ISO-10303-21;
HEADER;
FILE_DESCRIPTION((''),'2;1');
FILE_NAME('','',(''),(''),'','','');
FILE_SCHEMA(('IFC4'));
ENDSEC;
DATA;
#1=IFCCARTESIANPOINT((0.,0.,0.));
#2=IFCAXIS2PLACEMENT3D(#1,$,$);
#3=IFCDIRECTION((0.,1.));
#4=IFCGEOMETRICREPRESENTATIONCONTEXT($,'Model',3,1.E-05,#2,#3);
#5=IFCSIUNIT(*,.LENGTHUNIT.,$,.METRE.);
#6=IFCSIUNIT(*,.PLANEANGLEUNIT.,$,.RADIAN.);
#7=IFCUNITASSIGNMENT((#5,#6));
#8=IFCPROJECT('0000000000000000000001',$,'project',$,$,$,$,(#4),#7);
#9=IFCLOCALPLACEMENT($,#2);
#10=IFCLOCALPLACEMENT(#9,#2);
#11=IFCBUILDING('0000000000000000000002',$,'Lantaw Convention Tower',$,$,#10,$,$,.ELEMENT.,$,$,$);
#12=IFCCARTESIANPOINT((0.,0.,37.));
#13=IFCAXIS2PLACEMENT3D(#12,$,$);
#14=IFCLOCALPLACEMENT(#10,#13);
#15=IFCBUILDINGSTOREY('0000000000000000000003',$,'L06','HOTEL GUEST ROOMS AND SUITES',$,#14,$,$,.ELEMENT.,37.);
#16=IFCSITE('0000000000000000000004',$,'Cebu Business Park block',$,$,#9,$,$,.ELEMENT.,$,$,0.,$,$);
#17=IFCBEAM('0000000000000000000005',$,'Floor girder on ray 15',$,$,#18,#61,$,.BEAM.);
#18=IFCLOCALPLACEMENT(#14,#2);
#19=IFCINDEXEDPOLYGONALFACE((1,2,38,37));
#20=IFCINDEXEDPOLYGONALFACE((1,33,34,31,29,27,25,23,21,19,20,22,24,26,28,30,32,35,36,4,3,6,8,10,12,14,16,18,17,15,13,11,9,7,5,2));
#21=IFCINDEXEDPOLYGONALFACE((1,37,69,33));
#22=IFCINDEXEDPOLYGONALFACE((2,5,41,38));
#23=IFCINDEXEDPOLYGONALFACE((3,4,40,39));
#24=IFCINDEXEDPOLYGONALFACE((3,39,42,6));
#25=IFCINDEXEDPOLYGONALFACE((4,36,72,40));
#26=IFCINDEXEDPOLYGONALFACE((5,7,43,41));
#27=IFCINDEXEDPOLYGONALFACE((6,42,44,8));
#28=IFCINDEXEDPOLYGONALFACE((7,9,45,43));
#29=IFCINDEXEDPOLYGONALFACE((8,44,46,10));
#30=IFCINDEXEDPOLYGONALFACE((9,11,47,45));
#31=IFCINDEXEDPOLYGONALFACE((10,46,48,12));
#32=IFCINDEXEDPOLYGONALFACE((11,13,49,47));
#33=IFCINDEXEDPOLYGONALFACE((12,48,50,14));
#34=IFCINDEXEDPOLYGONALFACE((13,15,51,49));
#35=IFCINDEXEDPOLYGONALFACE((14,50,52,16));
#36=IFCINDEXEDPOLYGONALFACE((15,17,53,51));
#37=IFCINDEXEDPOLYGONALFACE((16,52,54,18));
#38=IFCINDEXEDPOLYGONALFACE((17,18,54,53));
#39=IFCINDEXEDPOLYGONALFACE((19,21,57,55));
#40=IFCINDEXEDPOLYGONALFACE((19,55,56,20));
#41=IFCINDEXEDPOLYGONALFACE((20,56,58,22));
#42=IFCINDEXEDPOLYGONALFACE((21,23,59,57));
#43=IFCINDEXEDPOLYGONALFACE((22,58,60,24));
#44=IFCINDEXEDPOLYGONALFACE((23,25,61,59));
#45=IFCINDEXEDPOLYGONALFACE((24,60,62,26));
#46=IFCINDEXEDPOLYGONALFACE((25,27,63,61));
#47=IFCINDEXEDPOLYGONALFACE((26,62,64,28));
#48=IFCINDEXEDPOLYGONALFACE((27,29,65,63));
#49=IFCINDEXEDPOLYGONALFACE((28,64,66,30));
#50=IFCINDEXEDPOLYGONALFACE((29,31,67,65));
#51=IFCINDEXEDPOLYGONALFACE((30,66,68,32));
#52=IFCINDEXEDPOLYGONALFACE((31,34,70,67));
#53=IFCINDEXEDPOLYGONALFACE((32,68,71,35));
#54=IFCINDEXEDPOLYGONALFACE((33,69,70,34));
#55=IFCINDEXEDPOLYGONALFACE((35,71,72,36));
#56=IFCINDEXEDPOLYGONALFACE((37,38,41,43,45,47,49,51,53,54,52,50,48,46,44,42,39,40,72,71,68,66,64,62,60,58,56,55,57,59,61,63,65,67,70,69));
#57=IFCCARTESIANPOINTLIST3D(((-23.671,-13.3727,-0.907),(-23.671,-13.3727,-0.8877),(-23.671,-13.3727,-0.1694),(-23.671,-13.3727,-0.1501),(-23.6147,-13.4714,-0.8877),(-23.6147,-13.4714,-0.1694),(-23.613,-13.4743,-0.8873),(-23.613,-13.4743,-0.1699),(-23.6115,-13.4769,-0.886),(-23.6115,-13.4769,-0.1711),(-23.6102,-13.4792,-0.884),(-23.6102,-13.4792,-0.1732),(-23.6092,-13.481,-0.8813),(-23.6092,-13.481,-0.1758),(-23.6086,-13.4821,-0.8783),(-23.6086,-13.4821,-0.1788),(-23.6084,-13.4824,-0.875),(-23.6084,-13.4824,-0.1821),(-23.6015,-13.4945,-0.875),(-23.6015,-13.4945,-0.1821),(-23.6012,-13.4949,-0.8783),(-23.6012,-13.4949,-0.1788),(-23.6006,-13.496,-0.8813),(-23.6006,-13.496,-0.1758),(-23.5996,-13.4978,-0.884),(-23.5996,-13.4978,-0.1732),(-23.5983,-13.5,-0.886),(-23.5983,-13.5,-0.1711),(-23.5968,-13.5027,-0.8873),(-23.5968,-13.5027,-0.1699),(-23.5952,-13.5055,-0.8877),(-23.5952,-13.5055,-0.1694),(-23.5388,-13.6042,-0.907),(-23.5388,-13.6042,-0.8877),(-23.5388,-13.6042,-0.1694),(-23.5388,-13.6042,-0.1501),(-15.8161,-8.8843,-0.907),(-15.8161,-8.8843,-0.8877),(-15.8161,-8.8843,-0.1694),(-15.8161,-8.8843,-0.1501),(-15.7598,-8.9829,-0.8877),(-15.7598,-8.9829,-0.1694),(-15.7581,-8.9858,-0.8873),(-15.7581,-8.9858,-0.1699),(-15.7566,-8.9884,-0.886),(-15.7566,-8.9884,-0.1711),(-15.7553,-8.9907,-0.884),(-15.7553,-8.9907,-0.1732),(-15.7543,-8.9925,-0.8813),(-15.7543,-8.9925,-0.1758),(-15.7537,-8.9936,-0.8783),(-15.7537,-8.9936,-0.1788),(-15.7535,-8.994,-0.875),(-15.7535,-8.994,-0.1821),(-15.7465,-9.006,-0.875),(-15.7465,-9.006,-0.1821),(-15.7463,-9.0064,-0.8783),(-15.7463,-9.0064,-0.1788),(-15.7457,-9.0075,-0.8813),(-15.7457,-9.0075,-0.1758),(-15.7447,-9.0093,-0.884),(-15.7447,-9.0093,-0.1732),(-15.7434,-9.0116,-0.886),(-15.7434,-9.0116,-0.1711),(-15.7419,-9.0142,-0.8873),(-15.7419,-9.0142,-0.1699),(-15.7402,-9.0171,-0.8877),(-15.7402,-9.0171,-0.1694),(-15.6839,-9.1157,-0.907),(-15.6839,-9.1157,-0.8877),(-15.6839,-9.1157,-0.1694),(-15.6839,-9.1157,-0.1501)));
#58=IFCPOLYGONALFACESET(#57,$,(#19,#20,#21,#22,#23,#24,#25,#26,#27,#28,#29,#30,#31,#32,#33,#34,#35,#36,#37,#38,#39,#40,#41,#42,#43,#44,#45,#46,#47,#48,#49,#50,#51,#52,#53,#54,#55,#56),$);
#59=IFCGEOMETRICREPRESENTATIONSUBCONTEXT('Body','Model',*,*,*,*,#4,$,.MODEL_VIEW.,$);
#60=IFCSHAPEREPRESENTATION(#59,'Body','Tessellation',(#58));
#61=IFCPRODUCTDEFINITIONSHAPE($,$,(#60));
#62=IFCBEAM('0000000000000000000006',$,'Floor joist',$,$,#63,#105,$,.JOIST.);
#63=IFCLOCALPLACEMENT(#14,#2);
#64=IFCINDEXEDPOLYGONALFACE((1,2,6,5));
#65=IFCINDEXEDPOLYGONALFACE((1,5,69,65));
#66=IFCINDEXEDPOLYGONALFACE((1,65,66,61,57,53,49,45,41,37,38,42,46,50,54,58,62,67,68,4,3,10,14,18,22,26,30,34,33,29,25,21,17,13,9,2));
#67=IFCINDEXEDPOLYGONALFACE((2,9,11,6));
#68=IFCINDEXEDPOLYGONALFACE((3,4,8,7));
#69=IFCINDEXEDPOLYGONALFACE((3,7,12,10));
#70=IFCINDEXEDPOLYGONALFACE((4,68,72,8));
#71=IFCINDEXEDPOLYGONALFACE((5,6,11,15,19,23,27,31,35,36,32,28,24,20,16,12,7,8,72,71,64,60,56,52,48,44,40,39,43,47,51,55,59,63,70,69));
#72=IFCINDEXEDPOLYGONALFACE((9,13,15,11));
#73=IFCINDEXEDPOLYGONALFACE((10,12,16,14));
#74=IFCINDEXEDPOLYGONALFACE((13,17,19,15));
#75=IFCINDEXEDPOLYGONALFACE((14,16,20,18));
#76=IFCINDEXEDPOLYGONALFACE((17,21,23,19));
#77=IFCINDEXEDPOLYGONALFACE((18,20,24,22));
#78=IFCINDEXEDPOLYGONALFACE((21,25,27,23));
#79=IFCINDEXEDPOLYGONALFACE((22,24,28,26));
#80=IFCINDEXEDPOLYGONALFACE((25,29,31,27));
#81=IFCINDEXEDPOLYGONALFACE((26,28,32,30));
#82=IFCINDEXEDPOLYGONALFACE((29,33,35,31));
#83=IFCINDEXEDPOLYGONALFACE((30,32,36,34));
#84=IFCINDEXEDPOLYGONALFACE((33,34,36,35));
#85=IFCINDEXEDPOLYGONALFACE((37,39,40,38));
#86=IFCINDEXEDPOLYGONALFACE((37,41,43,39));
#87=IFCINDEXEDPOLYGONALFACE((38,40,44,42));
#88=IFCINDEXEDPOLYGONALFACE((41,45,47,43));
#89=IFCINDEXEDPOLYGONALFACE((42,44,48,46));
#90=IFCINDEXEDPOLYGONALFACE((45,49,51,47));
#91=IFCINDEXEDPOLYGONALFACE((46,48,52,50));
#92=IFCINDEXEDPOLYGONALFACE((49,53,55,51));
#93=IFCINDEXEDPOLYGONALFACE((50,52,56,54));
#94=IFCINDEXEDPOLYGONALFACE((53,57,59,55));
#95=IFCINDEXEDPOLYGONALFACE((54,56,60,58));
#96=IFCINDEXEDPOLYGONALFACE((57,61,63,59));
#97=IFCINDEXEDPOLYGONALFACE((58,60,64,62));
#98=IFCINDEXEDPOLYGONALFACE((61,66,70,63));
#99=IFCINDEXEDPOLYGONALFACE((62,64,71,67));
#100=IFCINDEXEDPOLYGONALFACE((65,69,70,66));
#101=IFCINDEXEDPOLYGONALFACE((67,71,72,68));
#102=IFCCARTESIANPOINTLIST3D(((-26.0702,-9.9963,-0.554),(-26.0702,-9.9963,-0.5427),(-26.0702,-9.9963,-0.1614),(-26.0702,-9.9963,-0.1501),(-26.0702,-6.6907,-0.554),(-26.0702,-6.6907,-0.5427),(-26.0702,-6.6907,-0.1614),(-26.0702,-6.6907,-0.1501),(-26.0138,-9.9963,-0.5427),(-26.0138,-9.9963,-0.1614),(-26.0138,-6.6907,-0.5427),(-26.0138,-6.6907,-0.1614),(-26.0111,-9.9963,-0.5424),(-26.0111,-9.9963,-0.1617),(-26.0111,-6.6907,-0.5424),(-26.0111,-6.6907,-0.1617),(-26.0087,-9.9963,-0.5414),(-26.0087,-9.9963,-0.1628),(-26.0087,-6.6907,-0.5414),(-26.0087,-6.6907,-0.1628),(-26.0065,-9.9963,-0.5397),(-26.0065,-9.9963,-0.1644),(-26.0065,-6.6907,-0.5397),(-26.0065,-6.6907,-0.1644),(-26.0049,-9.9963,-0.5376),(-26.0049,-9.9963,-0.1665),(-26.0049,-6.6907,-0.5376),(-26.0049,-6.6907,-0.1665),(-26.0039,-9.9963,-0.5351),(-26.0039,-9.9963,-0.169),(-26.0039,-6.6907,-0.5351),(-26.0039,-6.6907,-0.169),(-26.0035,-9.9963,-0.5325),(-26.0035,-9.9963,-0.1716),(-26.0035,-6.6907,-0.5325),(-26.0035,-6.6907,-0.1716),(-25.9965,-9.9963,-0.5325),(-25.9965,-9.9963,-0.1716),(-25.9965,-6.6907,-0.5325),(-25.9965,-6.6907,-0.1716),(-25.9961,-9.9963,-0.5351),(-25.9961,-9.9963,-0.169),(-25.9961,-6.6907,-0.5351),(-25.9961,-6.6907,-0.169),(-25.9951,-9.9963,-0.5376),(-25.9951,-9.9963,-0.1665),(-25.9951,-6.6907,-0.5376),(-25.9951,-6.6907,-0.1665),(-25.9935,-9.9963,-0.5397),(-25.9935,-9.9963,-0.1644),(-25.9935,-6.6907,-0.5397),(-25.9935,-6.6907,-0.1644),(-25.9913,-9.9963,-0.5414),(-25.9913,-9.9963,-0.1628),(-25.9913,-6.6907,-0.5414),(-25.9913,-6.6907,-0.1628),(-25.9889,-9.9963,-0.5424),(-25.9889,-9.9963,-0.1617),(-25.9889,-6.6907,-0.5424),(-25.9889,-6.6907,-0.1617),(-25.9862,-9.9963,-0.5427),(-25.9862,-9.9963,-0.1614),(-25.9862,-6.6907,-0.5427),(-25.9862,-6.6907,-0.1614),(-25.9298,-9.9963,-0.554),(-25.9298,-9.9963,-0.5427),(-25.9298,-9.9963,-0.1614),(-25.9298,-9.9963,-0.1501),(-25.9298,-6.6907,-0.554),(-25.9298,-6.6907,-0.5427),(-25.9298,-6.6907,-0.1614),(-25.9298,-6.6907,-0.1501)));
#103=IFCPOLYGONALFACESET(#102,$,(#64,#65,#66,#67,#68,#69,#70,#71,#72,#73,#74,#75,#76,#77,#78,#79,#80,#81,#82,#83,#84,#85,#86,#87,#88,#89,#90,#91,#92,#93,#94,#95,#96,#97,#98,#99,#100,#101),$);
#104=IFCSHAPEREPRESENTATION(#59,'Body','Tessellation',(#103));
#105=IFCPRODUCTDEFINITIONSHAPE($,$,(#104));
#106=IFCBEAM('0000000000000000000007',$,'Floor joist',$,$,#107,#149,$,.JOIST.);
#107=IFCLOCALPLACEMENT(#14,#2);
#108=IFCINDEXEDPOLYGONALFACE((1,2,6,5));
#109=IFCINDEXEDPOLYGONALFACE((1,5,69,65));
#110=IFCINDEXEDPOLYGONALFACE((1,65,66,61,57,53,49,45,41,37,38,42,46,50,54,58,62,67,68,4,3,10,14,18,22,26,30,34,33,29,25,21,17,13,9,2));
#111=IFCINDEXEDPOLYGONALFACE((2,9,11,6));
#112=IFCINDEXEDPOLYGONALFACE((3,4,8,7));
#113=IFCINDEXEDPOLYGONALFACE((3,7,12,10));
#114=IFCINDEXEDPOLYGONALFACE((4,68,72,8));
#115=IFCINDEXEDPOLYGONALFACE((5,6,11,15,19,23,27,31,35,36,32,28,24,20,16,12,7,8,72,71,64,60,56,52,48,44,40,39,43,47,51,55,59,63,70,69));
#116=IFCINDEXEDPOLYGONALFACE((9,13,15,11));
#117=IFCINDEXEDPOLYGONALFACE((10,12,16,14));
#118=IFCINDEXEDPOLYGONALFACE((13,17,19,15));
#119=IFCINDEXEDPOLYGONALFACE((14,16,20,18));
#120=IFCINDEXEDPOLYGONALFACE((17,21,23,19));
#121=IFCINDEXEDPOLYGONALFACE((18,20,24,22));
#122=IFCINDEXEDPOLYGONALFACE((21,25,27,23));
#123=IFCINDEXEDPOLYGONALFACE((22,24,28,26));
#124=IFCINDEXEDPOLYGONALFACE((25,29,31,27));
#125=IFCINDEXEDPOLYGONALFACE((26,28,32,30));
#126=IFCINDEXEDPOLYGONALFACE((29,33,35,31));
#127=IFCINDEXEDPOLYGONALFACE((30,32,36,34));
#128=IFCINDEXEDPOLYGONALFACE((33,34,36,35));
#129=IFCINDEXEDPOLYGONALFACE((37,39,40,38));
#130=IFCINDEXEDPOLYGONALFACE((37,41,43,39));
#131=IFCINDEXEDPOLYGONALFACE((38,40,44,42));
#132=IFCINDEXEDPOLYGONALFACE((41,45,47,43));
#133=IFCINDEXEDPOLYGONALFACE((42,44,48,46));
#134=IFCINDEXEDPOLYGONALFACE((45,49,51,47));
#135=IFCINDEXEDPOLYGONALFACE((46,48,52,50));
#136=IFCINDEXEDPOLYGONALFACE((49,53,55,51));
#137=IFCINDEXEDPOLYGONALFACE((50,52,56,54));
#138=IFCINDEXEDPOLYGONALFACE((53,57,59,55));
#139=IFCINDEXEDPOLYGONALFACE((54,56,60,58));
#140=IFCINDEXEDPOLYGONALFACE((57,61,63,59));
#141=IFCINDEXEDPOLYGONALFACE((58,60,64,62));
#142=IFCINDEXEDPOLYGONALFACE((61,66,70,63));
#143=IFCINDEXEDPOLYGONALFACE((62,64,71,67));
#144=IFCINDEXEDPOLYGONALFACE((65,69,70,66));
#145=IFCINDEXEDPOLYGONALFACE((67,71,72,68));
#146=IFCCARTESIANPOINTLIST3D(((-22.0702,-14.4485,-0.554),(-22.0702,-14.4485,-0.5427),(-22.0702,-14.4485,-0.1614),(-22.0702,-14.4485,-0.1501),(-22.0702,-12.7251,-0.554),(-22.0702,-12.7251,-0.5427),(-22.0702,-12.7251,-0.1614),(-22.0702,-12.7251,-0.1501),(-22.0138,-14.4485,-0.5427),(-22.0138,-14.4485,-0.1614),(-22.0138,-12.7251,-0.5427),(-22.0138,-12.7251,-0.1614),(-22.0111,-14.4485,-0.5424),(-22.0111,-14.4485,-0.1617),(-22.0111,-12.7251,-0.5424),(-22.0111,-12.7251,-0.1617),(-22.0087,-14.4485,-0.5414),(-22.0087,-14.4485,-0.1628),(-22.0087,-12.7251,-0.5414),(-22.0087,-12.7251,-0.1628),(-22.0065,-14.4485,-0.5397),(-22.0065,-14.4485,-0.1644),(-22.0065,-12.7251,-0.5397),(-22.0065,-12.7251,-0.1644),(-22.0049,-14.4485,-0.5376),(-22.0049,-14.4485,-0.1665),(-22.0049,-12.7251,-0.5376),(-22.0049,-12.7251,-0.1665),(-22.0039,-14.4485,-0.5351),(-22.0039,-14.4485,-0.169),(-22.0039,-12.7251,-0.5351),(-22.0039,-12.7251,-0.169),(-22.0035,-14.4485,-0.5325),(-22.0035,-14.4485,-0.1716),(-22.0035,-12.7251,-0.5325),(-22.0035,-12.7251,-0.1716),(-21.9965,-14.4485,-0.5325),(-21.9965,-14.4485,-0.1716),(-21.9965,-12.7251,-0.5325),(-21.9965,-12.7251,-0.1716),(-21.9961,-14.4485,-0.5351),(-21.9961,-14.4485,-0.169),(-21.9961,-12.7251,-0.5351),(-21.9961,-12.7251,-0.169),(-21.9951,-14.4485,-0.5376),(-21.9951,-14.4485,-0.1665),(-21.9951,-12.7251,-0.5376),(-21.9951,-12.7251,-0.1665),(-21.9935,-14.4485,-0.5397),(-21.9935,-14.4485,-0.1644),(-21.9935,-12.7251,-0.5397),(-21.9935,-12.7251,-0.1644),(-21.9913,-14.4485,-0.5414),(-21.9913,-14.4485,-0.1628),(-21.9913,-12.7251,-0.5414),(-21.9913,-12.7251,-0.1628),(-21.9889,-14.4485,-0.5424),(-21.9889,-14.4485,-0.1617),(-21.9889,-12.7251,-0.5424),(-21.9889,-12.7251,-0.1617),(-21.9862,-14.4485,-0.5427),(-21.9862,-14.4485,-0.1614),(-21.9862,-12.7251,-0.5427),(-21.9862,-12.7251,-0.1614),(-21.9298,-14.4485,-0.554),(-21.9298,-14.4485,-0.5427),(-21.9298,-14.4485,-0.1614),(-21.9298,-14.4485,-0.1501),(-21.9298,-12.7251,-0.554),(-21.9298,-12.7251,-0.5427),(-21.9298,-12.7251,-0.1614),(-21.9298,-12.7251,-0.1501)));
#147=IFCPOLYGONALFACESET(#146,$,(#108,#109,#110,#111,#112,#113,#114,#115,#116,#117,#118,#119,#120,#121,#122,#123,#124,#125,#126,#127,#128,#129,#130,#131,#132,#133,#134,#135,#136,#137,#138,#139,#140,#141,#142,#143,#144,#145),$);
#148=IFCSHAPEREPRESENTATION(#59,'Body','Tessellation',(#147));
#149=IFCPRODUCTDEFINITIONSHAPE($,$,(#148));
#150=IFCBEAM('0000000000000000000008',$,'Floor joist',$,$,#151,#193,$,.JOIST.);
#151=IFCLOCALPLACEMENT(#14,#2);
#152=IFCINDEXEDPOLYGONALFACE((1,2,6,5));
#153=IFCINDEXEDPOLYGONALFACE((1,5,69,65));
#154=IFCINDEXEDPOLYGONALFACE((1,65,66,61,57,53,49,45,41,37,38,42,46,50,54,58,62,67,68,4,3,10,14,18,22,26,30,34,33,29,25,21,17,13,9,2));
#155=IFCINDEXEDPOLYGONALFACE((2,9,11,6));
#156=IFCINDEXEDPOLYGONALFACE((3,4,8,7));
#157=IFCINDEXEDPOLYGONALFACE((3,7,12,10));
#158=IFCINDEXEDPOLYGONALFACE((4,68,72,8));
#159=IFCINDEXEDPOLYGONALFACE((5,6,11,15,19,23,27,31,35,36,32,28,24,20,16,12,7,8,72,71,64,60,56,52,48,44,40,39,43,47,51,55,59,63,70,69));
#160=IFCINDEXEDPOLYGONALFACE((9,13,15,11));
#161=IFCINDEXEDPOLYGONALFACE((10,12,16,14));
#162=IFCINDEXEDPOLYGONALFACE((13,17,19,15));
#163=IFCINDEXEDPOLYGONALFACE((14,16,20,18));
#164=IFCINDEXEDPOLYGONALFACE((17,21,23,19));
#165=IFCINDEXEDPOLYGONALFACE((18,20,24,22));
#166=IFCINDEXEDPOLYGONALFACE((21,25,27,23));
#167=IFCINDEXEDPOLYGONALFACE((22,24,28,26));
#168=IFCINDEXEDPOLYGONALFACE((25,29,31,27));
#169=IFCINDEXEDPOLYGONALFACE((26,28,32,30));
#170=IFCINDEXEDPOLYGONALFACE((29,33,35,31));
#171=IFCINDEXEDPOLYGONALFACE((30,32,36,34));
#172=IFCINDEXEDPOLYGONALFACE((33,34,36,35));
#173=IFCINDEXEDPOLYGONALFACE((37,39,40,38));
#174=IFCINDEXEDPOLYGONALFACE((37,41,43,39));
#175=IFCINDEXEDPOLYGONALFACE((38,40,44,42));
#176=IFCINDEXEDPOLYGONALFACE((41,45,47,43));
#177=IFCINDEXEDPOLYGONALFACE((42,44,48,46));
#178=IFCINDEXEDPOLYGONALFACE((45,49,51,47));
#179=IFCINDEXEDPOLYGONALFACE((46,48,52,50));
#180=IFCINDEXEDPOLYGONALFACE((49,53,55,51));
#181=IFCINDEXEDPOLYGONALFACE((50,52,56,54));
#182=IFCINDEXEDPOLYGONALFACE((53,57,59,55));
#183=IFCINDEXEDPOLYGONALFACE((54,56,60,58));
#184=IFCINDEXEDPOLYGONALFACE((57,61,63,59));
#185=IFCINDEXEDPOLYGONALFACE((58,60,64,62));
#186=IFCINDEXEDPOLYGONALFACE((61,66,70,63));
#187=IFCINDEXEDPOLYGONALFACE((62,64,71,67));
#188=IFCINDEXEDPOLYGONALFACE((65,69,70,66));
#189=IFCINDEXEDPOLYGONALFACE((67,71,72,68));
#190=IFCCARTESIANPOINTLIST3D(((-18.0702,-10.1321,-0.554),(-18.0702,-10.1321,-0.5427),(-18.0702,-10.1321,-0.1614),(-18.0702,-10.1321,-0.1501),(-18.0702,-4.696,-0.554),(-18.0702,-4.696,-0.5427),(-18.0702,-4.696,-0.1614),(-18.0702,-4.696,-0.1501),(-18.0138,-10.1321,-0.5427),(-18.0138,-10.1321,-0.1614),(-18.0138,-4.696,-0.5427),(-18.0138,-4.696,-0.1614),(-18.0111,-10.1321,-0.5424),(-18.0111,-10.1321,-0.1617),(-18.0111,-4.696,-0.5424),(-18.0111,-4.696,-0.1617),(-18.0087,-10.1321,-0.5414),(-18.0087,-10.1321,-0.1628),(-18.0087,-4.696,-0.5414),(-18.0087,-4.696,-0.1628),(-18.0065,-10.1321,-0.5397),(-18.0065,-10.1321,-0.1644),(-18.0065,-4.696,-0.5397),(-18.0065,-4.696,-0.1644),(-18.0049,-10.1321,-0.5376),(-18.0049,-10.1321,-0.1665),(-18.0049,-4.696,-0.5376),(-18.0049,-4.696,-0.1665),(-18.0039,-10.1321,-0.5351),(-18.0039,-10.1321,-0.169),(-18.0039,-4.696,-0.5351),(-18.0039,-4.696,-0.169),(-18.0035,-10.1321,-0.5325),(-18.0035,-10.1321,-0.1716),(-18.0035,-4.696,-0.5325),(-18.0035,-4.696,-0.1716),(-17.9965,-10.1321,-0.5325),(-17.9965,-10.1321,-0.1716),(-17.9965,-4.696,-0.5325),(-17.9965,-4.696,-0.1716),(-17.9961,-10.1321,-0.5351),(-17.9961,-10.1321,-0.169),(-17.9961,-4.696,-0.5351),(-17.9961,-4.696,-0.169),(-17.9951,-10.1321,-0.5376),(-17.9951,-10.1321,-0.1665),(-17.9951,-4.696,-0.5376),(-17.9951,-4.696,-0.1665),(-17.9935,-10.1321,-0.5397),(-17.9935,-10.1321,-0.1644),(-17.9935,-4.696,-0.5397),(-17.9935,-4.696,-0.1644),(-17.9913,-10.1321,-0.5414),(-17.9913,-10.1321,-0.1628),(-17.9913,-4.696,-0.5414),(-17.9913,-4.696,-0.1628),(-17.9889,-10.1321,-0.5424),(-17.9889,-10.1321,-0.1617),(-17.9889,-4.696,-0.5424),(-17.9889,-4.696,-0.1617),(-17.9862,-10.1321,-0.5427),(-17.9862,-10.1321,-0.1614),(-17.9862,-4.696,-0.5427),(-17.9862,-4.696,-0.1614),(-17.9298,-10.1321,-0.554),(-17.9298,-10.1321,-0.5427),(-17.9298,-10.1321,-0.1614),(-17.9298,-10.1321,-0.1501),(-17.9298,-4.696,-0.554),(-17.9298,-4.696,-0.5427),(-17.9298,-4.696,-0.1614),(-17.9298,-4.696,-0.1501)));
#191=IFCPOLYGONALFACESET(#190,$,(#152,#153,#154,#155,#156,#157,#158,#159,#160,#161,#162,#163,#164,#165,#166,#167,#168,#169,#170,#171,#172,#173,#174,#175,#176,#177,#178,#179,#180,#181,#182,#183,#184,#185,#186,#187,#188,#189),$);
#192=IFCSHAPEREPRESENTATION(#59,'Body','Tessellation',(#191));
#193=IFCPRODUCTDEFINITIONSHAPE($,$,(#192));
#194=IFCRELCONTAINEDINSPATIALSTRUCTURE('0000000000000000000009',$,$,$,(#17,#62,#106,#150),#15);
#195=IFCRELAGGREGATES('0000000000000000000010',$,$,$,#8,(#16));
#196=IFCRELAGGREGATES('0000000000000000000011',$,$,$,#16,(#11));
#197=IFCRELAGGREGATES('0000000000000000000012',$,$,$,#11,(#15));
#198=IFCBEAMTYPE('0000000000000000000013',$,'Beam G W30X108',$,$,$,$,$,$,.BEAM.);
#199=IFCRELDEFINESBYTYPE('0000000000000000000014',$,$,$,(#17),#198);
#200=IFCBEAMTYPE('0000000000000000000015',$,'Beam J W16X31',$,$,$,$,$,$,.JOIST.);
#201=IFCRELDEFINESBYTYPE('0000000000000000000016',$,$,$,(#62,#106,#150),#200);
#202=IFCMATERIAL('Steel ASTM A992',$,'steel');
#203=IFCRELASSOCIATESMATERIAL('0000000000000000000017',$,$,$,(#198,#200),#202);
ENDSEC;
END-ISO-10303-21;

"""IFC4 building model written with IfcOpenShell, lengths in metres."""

from ifc_helpers import new_model, si_unit, direction, frame, origin, origin_2d, place, context, subcontext, project, spatial, i_section, extrude, material, material_profile, profile_set, type_object, element, save


model = new_model("IFC4")

# Units and contexts
model_context = context("Model", 3, precision=1e-05, world=origin(), true_north=direction((0.0, 1.0)))
body_context = subcontext(model_context, "Body", "Model", "MODEL_VIEW")
ifc_project = project(units=[si_unit("LENGTHUNIT", "METRE"), si_unit("PLANEANGLEUNIT", "RADIAN")], contexts=[model_context])

# Site, building, storey
site_placement = place(None, origin())
site = spatial("IfcSite", under=ifc_project, at=site_placement, Name="Cebu Business Park block", CompositionType="ELEMENT", RefElevation=0.0)
building_placement = place(site_placement, origin())
building = spatial("IfcBuilding", under=site, at=building_placement, Name="Lantaw Convention Tower", CompositionType="ELEMENT")
storey_placement = place(building_placement, frame((0.0, 0.0, 37.0)))
storey = spatial("IfcBuildingStorey", under=building, at=storey_placement, Name="L06", Description="HOTEL GUEST ROOMS AND SUITES", CompositionType="ELEMENT", Elevation=37.0)

# Beams
ifc_material_1 = material(Name="Steel ASTM A992", Category="steel")
ifc_material_profile_1 = material_profile(ifc_material_1, i_section(OverallWidth=0.2666, OverallDepth=0.7568, WebThickness=0.0139, FlangeThickness=0.0193, FilletRadius=0.0127, at=origin_2d()), Name="W30X108")
ifc_profile_set_1 = profile_set([ifc_material_profile_1], Name="Steel ASTM A992")
beam_type_1 = type_object("IfcBeamType", Name="Beam G W30X108", PredefinedType="BEAM", material=ifc_profile_set_1)
beam_1_placement = place(storey_placement, frame((-15.75, -9.0, -0.5286), z_axis=(-0.868245, -0.496136, 0.0), x_axis=(0.496136, -0.868245, 0.0)))
element("IfcBeam", 1, at=beam_1_placement, inside=storey, type_object=beam_type_1, Name="Floor girder on ray 15", PredefinedType="BEAM", context=body_context, shape_type="SweptSolid", body=[
    extrude(i_section(OverallWidth=0.2666, OverallDepth=0.7568, WebThickness=0.0139, FlangeThickness=0.0193, FilletRadius=0.0127, at=origin_2d()), origin(), (0.0, 0.0, 1.0), 9.0469),
])
ifc_material_profile_2 = material_profile(ifc_material_1, i_section(OverallWidth=0.1404, OverallDepth=0.4038, WebThickness=0.0071, FlangeThickness=0.0112, FilletRadius=0.0103, at=origin_2d()), Name="W16X31")
ifc_profile_set_2 = profile_set([ifc_material_profile_2], Name="Steel ASTM A992")
beam_type_2 = type_object("IfcBeamType", Name="Beam J W16X31", PredefinedType="JOIST", material=ifc_profile_set_2)
beam_2_placement = place(storey_placement, frame((-26.0, -9.9963, -0.3521), z_axis=(0.0, 1.0, 0.0), x_axis=(-1.0, 0.0, 0.0)))
element("IfcBeam", 2, at=beam_2_placement, inside=storey, type_object=beam_type_2, Name="Floor joist", PredefinedType="JOIST", context=body_context, shape_type="SweptSolid", body=[
    extrude(i_section(OverallWidth=0.1404, OverallDepth=0.4038, WebThickness=0.0071, FlangeThickness=0.0112, FilletRadius=0.0103, at=origin_2d()), origin(), (0.0, 0.0, 1.0), 3.3057),
])
beam_3_placement = place(storey_placement, frame((-22.0, -14.4485, -0.3521), z_axis=(0.0, 1.0, 0.0), x_axis=(-1.0, 0.0, 0.0)))
element("IfcBeam", 3, at=beam_3_placement, inside=storey, type_object=beam_type_2, Name="Floor joist", PredefinedType="JOIST", context=body_context, shape_type="SweptSolid", body=[
    extrude(i_section(OverallWidth=0.1404, OverallDepth=0.4038, WebThickness=0.0071, FlangeThickness=0.0112, FilletRadius=0.0103, at=origin_2d()), origin(), (0.0, 0.0, 1.0), 1.7234),
])
beam_4_placement = place(storey_placement, frame((-18.0, -10.1321, -0.3521), z_axis=(0.0, 1.0, 0.0), x_axis=(-1.0, 0.0, 0.0)))
element("IfcBeam", 4, at=beam_4_placement, inside=storey, type_object=beam_type_2, Name="Floor joist", PredefinedType="JOIST", context=body_context, shape_type="SweptSolid", body=[
    extrude(i_section(OverallWidth=0.1404, OverallDepth=0.4038, WebThickness=0.0071, FlangeThickness=0.0112, FilletRadius=0.0103, at=origin_2d()), origin(), (0.0, 0.0, 1.0), 5.436),
])

save(model, "model.ifc")
